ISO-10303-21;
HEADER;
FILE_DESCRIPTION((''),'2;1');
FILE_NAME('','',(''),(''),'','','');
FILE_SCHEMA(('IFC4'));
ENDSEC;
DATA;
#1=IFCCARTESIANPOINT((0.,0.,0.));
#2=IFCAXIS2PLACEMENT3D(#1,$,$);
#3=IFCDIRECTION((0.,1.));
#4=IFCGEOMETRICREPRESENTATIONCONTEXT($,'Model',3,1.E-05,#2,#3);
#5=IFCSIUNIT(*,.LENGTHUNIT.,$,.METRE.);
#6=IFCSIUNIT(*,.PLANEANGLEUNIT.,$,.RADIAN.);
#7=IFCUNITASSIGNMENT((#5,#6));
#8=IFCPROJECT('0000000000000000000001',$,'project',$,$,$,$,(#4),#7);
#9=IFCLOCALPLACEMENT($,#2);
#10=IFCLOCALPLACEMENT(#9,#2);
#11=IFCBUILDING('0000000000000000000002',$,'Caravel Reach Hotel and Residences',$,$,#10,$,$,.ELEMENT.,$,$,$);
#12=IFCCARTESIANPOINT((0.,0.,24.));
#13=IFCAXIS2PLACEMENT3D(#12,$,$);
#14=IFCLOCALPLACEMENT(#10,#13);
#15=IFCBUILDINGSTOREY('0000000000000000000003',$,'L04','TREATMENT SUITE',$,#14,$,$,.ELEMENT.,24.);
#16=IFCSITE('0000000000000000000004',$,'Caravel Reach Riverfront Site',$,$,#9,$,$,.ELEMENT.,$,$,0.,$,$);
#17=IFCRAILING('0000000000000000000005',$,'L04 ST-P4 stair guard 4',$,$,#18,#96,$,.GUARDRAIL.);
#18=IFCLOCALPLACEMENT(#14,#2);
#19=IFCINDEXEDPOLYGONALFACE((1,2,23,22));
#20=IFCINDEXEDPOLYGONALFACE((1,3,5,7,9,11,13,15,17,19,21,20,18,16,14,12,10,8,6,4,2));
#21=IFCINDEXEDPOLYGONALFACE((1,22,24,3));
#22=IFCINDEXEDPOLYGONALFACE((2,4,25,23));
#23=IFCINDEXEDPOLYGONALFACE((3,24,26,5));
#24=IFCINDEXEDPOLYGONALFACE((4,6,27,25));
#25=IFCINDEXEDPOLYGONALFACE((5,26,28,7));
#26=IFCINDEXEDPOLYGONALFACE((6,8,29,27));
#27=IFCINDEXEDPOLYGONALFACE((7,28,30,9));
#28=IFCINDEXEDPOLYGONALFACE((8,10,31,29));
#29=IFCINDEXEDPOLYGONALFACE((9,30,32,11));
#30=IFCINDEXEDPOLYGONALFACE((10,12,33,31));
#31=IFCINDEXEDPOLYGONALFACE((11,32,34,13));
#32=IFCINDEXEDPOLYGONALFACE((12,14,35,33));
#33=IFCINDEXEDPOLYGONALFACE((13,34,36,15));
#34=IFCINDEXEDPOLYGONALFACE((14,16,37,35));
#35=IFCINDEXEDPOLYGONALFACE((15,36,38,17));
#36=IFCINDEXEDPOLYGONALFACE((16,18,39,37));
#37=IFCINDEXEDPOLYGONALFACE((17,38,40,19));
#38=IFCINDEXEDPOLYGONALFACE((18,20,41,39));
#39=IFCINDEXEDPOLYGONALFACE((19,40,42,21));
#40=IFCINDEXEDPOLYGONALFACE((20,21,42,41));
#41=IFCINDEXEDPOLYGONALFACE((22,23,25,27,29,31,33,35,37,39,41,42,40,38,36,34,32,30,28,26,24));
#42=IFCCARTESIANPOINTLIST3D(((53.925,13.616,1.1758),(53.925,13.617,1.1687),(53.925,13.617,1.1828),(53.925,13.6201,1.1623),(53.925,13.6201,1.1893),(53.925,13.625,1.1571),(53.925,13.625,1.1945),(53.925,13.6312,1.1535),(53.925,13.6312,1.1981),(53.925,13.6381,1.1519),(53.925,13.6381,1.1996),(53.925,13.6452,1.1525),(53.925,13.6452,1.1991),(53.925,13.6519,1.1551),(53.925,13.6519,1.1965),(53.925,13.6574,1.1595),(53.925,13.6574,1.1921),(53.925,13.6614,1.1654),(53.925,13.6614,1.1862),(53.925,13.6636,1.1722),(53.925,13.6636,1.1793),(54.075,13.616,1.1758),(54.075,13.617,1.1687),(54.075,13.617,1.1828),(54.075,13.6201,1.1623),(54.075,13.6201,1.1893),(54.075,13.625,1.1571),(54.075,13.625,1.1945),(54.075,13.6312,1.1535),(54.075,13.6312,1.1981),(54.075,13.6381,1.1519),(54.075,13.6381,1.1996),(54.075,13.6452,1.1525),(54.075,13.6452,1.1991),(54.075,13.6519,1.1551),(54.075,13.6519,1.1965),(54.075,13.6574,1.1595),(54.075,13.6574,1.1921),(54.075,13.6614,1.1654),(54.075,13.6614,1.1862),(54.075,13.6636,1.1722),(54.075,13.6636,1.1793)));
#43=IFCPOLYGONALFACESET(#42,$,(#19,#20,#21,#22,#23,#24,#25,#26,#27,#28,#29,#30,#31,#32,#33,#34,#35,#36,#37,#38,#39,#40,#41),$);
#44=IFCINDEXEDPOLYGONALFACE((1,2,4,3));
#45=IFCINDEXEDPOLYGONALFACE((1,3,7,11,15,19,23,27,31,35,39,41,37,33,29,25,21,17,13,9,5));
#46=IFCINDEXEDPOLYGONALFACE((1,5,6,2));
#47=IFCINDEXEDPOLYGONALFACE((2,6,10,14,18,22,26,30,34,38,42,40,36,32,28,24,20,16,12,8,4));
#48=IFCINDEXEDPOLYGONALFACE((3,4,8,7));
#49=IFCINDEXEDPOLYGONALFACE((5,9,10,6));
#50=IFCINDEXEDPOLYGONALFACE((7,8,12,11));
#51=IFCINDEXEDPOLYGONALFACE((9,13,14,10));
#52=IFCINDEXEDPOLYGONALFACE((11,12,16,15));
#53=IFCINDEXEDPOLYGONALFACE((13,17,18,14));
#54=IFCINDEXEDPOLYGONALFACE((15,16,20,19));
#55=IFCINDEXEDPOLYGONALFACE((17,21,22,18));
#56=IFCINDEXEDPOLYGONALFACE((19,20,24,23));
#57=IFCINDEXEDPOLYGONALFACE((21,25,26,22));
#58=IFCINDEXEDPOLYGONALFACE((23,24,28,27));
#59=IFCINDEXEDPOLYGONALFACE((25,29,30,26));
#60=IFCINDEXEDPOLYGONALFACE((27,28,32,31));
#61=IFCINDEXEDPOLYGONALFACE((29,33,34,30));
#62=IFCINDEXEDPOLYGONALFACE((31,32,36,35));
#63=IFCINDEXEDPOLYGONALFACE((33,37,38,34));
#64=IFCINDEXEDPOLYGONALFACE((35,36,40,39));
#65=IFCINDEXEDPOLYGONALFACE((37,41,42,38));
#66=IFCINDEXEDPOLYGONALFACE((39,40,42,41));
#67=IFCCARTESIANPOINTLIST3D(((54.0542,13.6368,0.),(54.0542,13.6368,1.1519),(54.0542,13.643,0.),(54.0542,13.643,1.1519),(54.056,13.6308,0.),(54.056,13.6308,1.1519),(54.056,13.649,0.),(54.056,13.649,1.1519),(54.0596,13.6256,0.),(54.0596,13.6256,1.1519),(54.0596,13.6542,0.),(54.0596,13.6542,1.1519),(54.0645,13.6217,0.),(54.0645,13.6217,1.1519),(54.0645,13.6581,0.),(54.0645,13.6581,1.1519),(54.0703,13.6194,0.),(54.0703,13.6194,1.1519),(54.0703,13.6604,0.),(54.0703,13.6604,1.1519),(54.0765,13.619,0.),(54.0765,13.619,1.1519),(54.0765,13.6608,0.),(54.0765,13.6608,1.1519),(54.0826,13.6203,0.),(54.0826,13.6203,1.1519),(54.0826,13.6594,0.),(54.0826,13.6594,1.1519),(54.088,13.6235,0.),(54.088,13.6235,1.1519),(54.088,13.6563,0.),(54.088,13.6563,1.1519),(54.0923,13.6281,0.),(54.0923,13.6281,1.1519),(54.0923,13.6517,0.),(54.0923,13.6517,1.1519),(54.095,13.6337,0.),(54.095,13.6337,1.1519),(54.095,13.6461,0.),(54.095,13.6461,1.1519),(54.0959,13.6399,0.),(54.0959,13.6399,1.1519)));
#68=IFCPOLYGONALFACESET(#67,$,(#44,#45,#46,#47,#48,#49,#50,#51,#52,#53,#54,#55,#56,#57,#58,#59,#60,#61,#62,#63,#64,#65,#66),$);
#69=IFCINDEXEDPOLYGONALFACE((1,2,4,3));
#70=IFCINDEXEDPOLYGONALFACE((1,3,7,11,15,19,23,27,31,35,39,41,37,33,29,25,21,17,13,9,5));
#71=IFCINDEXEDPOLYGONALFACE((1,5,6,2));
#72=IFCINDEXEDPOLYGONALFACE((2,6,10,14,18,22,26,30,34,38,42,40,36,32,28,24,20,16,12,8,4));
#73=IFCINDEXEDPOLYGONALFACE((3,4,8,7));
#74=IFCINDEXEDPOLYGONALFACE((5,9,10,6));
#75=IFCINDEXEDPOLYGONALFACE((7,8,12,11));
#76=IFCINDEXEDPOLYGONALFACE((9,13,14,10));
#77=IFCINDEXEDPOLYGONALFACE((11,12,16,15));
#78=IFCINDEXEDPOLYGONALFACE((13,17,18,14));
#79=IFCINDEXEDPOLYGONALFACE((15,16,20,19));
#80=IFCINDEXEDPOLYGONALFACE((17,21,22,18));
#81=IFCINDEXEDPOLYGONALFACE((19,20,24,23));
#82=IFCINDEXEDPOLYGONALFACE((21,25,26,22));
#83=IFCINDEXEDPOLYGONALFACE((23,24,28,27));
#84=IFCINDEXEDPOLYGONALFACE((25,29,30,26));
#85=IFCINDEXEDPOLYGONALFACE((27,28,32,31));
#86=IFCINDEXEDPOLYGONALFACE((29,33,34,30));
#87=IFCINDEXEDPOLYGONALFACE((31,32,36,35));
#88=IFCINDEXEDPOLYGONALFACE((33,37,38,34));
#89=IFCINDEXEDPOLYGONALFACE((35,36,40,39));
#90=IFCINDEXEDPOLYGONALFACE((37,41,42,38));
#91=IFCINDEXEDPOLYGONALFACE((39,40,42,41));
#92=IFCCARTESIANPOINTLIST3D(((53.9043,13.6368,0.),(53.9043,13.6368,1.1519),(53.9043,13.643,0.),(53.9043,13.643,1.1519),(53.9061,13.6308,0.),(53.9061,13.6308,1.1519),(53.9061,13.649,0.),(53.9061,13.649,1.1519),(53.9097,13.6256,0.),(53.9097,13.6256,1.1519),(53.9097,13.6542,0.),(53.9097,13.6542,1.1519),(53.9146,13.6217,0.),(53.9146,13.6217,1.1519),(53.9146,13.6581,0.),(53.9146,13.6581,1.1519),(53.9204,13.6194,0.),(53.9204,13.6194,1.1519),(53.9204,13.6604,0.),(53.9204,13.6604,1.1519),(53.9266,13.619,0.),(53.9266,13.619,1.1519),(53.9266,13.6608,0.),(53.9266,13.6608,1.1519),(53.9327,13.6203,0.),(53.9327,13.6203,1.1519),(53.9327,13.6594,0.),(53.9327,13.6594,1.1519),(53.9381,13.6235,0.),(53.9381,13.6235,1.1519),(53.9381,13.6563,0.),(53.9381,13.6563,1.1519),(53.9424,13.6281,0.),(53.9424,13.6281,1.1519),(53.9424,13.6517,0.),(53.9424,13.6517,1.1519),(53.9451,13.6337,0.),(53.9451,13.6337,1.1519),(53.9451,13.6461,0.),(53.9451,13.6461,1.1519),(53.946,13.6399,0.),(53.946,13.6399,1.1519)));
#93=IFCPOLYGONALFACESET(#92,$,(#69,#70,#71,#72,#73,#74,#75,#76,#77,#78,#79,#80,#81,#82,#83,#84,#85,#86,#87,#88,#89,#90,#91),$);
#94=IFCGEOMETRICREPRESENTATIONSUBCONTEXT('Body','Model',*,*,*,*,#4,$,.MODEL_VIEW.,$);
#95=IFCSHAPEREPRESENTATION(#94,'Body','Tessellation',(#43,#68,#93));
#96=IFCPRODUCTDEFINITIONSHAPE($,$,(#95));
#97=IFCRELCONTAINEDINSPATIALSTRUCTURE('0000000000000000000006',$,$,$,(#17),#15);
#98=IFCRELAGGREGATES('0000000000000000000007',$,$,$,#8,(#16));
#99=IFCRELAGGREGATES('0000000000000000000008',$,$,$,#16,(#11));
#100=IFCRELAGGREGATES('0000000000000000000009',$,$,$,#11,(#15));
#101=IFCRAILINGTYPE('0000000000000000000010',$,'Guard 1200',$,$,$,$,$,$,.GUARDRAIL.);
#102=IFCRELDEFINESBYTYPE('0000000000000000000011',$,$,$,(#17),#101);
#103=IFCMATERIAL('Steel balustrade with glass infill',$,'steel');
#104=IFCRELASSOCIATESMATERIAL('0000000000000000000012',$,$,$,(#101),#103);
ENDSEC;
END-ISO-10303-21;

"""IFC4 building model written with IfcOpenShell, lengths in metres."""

from ifc_helpers import new_model, si_unit, direction, frame, origin, origin_2d, place, context, subcontext, project, spatial, circle, extrude, material, type_object, element, save


model = new_model("IFC4")

# Units and contexts
model_context = context("Model", 3, precision=1e-05, world=origin(), true_north=direction((0.0, 1.0)))
body_context = subcontext(model_context, "Body", "Model", "MODEL_VIEW")
ifc_project = project(units=[si_unit("LENGTHUNIT", "METRE"), si_unit("PLANEANGLEUNIT", "RADIAN")], contexts=[model_context])

# Site, building, storey
site_placement = place(None, origin())
site = spatial("IfcSite", under=ifc_project, at=site_placement, Name="Caravel Reach Riverfront Site", CompositionType="ELEMENT", RefElevation=0.0)
building_placement = place(site_placement, origin())
building = spatial("IfcBuilding", under=site, at=building_placement, Name="Caravel Reach Hotel and Residences", CompositionType="ELEMENT")
storey_placement = place(building_placement, frame((0.0, 0.0, 24.0)))
storey = spatial("IfcBuildingStorey", under=building, at=storey_placement, Name="L04", Description="TREATMENT SUITE", CompositionType="ELEMENT", Elevation=24.0)

# Railing
ifc_material_1 = material(Name="Steel balustrade with glass infill", Category="steel")
railing_type_1 = type_object("IfcRailingType", Name="Guard 1200", PredefinedType="GUARDRAIL", material=ifc_material_1)
railing_1_placement = place(storey_placement, frame((54.075, 13.6399, 0.0)))
element("IfcRailing", 1, at=railing_1_placement, inside=storey, type_object=railing_type_1, Name="L04 ST-P4 stair guard 4", PredefinedType="GUARDRAIL", context=body_context, shape_type="SweptSolid", body=[
    extrude(circle(Radius=0.0239, at=origin_2d()), frame((0.0, 0.0, 1.1758), z_axis=(-1.0, 0.0, 0.0), x_axis=(0.0, -1.0, 0.0)), (0.0, 0.0, 1.0), 0.1499),
    extrude(circle(Radius=0.021, at=origin_2d()), origin(), (0.0, 0.0, 1.0), 1.1519),
    extrude(circle(Radius=0.021, at=origin_2d()), frame((-0.1499, 0.0, 0.0)), (0.0, 0.0, 1.0), 1.1519),
])

save(model, "model.ifc")
